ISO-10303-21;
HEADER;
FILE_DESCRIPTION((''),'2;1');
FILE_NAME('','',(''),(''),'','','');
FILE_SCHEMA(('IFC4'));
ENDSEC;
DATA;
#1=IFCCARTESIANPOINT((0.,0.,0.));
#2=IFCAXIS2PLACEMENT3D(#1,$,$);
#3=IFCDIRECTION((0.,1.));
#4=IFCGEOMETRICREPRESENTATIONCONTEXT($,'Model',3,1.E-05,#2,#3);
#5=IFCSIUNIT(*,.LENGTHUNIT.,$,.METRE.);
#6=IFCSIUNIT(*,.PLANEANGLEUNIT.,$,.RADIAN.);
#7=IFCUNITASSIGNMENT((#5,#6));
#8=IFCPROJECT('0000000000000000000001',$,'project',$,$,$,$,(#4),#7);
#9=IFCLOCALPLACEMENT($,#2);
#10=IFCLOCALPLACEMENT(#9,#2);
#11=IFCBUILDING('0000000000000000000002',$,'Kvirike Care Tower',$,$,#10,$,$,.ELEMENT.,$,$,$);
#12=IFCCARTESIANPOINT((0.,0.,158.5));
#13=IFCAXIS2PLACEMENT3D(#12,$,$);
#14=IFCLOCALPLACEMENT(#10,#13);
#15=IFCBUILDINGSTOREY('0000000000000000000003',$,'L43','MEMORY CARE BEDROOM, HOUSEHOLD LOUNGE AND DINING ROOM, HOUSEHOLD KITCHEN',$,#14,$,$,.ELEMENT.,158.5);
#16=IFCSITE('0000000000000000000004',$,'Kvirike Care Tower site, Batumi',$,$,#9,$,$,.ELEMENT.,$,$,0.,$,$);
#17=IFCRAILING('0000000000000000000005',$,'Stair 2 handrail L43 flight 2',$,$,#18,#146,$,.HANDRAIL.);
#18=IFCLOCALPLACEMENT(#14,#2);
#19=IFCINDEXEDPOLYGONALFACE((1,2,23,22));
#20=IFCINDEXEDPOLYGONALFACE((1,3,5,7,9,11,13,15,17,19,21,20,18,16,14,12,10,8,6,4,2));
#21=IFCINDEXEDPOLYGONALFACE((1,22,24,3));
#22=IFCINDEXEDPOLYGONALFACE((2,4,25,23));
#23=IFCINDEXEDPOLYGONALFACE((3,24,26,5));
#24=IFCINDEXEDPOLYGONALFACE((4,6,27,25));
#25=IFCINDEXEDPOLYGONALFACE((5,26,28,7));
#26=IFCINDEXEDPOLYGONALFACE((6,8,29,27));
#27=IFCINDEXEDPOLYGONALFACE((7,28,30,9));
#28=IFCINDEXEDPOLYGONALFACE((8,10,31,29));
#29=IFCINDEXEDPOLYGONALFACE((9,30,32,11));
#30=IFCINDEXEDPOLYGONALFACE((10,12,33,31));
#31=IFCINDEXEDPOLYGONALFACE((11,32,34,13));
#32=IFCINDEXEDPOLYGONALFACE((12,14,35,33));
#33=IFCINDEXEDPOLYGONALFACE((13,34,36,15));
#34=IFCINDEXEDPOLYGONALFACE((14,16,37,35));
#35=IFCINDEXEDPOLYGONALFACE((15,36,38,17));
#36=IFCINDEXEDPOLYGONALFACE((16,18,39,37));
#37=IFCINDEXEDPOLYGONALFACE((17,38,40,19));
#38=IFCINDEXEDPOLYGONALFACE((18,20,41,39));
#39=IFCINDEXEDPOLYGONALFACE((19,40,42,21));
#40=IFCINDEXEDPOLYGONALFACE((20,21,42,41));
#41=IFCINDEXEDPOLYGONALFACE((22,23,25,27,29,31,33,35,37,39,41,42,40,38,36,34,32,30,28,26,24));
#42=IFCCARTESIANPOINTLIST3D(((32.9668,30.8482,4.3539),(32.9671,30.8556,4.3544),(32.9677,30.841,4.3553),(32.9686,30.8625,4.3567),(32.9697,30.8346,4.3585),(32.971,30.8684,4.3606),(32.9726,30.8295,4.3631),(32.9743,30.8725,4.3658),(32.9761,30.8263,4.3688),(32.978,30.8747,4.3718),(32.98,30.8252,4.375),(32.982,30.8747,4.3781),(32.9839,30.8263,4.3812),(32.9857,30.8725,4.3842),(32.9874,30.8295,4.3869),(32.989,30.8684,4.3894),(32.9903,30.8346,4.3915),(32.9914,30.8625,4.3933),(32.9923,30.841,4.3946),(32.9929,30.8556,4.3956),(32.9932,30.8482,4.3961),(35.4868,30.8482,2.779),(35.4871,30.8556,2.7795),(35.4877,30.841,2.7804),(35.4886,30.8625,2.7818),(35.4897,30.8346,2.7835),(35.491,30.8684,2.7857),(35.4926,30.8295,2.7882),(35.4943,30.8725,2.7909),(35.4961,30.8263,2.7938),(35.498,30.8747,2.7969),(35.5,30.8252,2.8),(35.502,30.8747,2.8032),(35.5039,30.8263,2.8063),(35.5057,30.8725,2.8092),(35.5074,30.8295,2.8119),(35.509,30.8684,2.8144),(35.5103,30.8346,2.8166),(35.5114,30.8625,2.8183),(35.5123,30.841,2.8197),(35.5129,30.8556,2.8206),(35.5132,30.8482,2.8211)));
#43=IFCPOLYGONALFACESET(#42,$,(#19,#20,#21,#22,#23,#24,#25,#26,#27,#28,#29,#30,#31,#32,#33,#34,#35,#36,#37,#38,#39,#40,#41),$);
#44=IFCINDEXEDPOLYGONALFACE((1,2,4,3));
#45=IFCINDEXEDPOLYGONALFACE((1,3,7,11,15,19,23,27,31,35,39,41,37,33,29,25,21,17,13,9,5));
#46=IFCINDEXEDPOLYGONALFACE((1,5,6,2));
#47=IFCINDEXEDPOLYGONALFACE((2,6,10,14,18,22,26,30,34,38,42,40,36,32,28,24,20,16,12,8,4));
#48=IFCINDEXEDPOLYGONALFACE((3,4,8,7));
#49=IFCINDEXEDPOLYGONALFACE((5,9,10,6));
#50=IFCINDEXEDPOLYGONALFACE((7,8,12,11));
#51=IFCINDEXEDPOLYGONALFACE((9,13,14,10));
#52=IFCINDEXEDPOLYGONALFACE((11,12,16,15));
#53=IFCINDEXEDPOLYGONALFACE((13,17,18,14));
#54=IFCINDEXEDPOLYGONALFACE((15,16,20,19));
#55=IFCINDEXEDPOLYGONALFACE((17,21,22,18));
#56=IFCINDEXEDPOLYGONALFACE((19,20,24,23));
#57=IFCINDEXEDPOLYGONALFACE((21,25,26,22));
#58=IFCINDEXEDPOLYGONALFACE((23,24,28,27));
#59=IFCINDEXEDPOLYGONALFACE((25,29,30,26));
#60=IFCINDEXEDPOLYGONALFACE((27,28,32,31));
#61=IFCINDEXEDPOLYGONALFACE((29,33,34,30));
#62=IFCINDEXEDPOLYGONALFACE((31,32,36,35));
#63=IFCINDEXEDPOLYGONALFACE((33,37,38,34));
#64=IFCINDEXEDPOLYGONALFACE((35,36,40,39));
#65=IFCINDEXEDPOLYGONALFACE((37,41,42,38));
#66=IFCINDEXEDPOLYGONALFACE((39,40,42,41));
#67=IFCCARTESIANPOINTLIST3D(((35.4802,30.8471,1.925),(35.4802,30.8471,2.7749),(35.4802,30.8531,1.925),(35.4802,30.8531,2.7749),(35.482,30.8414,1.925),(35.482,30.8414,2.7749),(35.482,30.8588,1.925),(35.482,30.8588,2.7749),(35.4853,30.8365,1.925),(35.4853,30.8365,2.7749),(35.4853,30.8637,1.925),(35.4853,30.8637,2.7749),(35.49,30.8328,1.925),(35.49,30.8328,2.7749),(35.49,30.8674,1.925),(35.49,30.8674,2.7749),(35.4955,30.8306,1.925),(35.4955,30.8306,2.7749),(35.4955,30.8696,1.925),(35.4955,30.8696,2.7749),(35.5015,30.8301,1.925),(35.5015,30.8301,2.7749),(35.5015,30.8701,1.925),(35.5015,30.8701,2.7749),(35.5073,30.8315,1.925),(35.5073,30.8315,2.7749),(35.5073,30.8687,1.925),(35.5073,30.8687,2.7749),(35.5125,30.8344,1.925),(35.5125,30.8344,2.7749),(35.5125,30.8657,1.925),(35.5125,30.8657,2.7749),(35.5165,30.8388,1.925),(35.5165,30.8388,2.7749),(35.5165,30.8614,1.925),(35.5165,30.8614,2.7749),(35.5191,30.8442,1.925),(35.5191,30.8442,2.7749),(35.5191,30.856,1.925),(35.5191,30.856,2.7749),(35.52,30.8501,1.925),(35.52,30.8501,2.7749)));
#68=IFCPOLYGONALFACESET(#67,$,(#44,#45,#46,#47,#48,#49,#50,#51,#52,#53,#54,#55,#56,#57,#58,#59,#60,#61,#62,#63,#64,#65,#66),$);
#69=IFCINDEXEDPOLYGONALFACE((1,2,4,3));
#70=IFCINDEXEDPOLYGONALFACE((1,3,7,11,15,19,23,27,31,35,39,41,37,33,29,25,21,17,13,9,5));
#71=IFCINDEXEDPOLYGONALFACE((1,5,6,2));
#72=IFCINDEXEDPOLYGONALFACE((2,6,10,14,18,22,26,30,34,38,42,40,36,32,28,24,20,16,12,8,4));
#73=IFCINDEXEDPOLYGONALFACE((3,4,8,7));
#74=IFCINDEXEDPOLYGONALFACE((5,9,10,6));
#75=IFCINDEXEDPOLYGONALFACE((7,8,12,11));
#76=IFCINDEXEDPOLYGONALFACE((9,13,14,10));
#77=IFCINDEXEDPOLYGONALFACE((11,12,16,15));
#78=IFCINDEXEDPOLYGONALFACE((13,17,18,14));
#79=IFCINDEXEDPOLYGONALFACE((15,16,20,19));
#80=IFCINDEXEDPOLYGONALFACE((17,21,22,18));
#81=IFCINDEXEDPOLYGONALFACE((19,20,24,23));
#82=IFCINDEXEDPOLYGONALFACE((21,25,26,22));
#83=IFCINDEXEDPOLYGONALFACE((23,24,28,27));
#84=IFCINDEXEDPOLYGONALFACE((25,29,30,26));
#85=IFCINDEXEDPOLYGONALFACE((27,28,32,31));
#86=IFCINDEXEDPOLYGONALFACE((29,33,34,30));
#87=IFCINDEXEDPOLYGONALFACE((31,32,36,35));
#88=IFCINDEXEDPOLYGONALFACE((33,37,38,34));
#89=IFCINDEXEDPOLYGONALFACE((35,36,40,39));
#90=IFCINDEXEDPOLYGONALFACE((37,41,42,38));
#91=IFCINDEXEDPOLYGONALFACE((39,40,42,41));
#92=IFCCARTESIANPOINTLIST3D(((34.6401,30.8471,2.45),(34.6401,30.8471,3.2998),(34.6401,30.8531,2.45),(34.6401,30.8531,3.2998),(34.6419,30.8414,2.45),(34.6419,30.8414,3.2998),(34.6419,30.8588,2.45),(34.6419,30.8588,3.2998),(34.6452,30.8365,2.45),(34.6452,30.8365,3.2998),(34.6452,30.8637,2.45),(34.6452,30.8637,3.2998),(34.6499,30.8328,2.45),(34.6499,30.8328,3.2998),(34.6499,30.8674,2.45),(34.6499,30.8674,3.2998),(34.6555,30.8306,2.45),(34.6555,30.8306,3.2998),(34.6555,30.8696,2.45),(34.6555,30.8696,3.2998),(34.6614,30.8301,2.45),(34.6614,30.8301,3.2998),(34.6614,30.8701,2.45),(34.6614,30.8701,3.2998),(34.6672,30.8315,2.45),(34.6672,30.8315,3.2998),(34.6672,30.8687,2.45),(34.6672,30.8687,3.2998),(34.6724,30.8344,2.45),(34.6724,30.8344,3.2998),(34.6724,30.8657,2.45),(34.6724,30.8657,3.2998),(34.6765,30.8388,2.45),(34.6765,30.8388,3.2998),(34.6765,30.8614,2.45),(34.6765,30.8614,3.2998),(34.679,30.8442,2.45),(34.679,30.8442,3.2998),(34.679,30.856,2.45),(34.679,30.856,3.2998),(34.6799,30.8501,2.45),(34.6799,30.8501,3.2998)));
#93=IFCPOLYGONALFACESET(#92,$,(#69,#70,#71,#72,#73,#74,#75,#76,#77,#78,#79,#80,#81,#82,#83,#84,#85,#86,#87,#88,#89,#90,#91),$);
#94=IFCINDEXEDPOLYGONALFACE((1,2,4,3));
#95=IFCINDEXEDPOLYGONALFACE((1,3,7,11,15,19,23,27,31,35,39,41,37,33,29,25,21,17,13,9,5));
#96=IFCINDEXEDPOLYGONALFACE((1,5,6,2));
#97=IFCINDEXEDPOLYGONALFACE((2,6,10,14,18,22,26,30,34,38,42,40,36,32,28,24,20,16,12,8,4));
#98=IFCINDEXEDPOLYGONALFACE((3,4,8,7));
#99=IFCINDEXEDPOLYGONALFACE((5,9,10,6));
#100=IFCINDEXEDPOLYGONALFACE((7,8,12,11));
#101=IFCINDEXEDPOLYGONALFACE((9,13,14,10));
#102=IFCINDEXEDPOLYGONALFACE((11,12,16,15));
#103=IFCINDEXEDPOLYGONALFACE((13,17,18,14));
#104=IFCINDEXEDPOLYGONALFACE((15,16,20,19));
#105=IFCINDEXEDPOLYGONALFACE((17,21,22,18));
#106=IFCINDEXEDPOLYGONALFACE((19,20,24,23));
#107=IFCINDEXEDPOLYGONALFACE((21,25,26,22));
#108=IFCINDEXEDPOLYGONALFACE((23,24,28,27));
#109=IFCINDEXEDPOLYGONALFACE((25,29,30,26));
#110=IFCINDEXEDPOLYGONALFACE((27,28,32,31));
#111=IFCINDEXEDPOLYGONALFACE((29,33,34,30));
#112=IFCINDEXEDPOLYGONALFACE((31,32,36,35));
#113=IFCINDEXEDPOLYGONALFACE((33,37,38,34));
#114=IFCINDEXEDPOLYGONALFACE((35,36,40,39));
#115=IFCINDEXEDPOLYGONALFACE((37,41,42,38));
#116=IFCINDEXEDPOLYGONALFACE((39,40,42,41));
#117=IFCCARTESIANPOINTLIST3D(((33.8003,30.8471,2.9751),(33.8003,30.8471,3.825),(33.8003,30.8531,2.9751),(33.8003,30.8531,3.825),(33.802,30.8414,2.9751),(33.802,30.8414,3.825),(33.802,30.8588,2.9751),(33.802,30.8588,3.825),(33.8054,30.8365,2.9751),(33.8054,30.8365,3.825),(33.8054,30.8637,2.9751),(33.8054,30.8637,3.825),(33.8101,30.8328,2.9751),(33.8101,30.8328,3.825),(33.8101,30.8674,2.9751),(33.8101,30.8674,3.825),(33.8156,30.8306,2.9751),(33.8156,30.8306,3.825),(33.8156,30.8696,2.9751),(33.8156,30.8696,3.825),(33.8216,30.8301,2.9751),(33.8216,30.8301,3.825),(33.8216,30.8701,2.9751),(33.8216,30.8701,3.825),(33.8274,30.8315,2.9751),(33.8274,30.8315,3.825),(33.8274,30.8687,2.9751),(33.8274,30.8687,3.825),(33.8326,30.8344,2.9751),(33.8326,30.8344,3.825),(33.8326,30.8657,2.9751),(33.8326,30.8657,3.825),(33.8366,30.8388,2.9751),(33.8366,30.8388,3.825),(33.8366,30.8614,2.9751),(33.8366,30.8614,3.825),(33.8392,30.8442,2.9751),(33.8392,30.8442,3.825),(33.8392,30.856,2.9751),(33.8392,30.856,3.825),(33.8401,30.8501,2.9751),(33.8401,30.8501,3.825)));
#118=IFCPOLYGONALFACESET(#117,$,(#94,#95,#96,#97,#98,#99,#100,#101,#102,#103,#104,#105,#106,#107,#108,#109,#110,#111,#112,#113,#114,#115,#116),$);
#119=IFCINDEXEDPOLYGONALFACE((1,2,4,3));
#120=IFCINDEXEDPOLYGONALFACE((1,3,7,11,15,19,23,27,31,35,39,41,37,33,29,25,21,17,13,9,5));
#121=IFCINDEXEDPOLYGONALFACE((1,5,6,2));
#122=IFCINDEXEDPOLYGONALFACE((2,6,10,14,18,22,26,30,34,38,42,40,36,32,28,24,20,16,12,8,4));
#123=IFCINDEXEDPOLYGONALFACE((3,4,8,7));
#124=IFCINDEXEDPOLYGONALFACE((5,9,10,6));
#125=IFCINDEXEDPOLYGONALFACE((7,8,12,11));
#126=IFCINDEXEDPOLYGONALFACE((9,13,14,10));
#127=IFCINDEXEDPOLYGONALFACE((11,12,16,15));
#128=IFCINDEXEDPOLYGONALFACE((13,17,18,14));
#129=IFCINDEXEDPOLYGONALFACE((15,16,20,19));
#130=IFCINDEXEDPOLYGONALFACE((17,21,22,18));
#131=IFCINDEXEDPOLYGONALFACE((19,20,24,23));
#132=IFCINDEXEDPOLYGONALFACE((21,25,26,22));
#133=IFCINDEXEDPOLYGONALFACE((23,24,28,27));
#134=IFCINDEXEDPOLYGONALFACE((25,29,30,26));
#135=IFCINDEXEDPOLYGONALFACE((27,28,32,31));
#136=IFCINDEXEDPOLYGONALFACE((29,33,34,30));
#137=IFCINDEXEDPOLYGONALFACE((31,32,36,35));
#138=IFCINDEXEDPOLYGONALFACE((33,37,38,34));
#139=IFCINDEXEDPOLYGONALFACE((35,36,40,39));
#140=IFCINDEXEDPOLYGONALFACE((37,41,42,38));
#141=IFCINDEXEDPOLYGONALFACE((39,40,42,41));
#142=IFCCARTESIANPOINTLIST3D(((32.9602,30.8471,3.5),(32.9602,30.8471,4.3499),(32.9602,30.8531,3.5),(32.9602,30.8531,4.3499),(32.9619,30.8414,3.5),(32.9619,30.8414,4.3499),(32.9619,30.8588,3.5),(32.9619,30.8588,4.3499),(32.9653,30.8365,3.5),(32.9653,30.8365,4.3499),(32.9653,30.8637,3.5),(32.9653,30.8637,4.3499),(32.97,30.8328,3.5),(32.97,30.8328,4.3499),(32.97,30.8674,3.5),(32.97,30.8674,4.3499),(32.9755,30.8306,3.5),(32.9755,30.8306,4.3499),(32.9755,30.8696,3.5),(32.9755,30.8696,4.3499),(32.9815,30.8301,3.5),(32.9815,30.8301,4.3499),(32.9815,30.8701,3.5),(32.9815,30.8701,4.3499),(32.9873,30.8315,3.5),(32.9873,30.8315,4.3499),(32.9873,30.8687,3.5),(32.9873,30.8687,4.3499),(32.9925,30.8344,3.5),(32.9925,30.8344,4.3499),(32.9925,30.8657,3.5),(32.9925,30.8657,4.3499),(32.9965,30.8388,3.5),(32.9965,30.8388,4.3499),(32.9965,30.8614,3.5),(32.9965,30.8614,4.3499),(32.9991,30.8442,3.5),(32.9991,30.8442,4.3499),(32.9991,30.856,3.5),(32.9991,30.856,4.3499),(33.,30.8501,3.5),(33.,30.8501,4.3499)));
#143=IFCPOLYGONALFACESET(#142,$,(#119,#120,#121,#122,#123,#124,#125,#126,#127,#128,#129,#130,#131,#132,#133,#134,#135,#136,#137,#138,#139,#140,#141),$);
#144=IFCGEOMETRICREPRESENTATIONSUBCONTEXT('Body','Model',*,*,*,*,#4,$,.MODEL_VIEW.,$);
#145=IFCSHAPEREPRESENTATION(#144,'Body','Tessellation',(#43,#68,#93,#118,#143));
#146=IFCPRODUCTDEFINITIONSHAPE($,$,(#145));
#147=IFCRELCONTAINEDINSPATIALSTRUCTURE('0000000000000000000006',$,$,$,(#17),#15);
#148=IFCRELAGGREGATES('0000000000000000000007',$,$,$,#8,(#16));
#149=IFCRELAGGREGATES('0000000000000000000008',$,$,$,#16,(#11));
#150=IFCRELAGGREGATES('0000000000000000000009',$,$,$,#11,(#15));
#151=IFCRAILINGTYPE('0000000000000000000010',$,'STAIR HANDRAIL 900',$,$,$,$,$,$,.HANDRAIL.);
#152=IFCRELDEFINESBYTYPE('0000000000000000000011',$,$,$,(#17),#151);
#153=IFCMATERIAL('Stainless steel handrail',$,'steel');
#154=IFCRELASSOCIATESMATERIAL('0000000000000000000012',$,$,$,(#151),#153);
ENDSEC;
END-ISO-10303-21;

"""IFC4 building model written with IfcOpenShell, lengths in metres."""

from ifc_helpers import new_model, si_unit, direction, frame, origin, origin_2d, place, context, subcontext, project, spatial, circle, extrude, material, type_object, element, save


model = new_model("IFC4")

# Units and contexts
model_context = context("Model", 3, precision=1e-05, world=origin(), true_north=direction((0.0, 1.0)))
body_context = subcontext(model_context, "Body", "Model", "MODEL_VIEW")
ifc_project = project(units=[si_unit("LENGTHUNIT", "METRE"), si_unit("PLANEANGLEUNIT", "RADIAN")], contexts=[model_context])

# Site, building, storey
site_placement = place(None, origin())
site = spatial("IfcSite", under=ifc_project, at=site_placement, Name="Kvirike Care Tower site, Batumi", CompositionType="ELEMENT", RefElevation=0.0)
building_placement = place(site_placement, origin())
building = spatial("IfcBuilding", under=site, at=building_placement, Name="Kvirike Care Tower", CompositionType="ELEMENT")
storey_placement = place(building_placement, frame((0.0, 0.0, 158.5)))
storey = spatial("IfcBuildingStorey", under=building, at=storey_placement, Name="L43", Description="MEMORY CARE BEDROOM, HOUSEHOLD LOUNGE AND DINING ROOM, HOUSEHOLD KITCHEN", CompositionType="ELEMENT", Elevation=158.5)

# Railing
ifc_material_1 = material(Name="Stainless steel handrail", Category="steel")
railing_type = type_object("IfcRailingType", Name="STAIR HANDRAIL 900", PredefinedType="HANDRAIL", material=ifc_material_1)
railing_1_placement = place(storey_placement, frame((35.5, 30.8501, 1.925)))
element("IfcRailing", 1, at=railing_1_placement, inside=storey, type_object=railing_type, Name="Stair 2 handrail L43 flight 2", PredefinedType="HANDRAIL", context=body_context, shape_type="SweptSolid", body=[
    extrude(circle(Radius=0.0249, at=origin_2d()), frame((0.0, 0.0, 0.875), z_axis=(-0.848008, 0.0, 0.529984), x_axis=(0.0, -1.0, 0.0)), (0.0, 0.0, 1.0), 2.9717),
    extrude(circle(Radius=0.02, at=origin_2d()), origin(), (0.0, 0.0, 1.0), 0.8499),
    extrude(circle(Radius=0.02, at=origin_2d()), frame((-0.8401, 0.0, 0.5249)), (0.0, 0.0, 1.0), 0.8499),
    extrude(circle(Radius=0.02, at=origin_2d()), frame((-1.6799, 0.0, 1.05)), (0.0, 0.0, 1.0), 0.8499),
    extrude(circle(Radius=0.02, at=origin_2d()), frame((-2.52, 0.0, 1.575)), (0.0, 0.0, 1.0), 0.8499),
])

save(model, "model.ifc")
